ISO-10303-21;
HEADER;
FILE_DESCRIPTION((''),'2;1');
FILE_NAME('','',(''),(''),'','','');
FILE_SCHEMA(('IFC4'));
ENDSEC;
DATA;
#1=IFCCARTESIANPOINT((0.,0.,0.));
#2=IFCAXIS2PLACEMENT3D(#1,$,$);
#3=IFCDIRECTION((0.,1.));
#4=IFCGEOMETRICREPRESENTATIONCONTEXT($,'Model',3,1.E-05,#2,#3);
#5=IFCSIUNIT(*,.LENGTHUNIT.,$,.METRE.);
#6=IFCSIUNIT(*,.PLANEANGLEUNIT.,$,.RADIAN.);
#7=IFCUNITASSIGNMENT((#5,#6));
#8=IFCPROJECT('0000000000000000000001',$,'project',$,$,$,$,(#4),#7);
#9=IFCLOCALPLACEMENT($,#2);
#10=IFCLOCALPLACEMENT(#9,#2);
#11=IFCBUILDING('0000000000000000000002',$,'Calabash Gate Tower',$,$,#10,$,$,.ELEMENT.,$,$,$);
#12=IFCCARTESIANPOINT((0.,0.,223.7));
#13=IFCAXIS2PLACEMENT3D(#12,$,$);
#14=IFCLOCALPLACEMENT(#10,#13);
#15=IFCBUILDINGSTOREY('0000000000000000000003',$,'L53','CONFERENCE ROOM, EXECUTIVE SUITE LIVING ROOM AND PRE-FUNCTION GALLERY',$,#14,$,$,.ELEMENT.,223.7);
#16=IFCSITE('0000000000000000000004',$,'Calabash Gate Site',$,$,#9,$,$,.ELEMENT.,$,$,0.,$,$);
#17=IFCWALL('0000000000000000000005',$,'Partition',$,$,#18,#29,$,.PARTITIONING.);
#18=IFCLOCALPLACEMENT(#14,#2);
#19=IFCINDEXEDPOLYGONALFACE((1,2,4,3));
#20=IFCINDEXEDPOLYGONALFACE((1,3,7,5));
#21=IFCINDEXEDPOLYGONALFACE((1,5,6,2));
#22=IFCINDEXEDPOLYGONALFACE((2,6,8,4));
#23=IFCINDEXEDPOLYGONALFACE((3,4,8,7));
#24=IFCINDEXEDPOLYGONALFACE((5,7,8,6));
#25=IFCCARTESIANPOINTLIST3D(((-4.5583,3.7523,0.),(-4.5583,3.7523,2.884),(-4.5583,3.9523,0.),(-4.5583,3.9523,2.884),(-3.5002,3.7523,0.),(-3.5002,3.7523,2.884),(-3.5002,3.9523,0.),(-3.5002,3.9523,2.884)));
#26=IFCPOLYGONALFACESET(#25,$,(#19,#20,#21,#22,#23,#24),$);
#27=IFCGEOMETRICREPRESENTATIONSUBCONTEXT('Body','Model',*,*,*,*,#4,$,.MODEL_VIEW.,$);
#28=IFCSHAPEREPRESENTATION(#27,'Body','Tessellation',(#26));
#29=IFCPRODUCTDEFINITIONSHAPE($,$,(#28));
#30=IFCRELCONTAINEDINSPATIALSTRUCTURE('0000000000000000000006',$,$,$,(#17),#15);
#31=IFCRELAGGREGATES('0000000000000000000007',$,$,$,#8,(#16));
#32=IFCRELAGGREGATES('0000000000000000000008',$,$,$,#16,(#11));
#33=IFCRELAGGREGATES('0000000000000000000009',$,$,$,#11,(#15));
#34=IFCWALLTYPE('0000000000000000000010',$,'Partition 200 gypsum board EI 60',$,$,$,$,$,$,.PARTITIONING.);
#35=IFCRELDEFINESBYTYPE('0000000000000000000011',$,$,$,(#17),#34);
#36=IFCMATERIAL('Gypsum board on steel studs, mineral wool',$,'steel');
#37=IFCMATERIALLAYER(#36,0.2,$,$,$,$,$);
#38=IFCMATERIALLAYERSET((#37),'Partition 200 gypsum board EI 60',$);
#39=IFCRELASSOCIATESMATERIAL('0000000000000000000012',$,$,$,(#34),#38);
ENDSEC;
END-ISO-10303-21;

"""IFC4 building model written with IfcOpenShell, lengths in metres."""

from ifc_helpers import new_model, si_unit, direction, frame, frame_2d, origin, place, context, subcontext, project, spatial, rectangle, extrude, material, layer, layer_set, type_object, element, save


model = new_model("IFC4")

# Units and contexts
model_context = context("Model", 3, precision=1e-05, world=origin(), true_north=direction((0.0, 1.0)))
body_context = subcontext(model_context, "Body", "Model", "MODEL_VIEW")
ifc_project = project(units=[si_unit("LENGTHUNIT", "METRE"), si_unit("PLANEANGLEUNIT", "RADIAN")], contexts=[model_context])

# Site, building, storey
site_placement = place(None, origin())
site = spatial("IfcSite", under=ifc_project, at=site_placement, Name="Calabash Gate Site", CompositionType="ELEMENT", RefElevation=0.0)
building_placement = place(site_placement, origin())
building = spatial("IfcBuilding", under=site, at=building_placement, Name="Calabash Gate Tower", CompositionType="ELEMENT")
storey_placement = place(building_placement, frame((0.0, 0.0, 223.7)))
storey = spatial("IfcBuildingStorey", under=building, at=storey_placement, Name="L53", Description="CONFERENCE ROOM, EXECUTIVE SUITE LIVING ROOM AND PRE-FUNCTION GALLERY", CompositionType="ELEMENT", Elevation=223.7)

# Shared definitions
ifc_material_1 = material(Name="Gypsum board on steel studs, mineral wool", Category="steel")
ifc_layer_1 = layer(ifc_material_1, 0.2)
ifc_layer_set_1 = layer_set([ifc_layer_1], Name="Partition 200 gypsum board EI 60")
wall_type_1 = type_object("IfcWallType", Name="Partition 200 gypsum board EI 60", PredefinedType="PARTITIONING", material=ifc_layer_set_1)

# Wall
wall_1_placement = place(storey_placement, frame((-4.5583, 3.8523, 0.0), z_axis=(0.0, 0.0, 1.0), x_axis=(1.0, 0.0, 0.0)))
element("IfcWall", 1, at=wall_1_placement, inside=storey, type_object=wall_type_1, Name="Partition", PredefinedType="PARTITIONING", context=body_context, shape_type="SweptSolid", body=[
    extrude(rectangle(XDim=1.0581, YDim=0.2, at=frame_2d((0.5291, 0.0))), origin(), (0.0, 0.0, 1.0), 2.884),
])

save(model, "model.ifc")
